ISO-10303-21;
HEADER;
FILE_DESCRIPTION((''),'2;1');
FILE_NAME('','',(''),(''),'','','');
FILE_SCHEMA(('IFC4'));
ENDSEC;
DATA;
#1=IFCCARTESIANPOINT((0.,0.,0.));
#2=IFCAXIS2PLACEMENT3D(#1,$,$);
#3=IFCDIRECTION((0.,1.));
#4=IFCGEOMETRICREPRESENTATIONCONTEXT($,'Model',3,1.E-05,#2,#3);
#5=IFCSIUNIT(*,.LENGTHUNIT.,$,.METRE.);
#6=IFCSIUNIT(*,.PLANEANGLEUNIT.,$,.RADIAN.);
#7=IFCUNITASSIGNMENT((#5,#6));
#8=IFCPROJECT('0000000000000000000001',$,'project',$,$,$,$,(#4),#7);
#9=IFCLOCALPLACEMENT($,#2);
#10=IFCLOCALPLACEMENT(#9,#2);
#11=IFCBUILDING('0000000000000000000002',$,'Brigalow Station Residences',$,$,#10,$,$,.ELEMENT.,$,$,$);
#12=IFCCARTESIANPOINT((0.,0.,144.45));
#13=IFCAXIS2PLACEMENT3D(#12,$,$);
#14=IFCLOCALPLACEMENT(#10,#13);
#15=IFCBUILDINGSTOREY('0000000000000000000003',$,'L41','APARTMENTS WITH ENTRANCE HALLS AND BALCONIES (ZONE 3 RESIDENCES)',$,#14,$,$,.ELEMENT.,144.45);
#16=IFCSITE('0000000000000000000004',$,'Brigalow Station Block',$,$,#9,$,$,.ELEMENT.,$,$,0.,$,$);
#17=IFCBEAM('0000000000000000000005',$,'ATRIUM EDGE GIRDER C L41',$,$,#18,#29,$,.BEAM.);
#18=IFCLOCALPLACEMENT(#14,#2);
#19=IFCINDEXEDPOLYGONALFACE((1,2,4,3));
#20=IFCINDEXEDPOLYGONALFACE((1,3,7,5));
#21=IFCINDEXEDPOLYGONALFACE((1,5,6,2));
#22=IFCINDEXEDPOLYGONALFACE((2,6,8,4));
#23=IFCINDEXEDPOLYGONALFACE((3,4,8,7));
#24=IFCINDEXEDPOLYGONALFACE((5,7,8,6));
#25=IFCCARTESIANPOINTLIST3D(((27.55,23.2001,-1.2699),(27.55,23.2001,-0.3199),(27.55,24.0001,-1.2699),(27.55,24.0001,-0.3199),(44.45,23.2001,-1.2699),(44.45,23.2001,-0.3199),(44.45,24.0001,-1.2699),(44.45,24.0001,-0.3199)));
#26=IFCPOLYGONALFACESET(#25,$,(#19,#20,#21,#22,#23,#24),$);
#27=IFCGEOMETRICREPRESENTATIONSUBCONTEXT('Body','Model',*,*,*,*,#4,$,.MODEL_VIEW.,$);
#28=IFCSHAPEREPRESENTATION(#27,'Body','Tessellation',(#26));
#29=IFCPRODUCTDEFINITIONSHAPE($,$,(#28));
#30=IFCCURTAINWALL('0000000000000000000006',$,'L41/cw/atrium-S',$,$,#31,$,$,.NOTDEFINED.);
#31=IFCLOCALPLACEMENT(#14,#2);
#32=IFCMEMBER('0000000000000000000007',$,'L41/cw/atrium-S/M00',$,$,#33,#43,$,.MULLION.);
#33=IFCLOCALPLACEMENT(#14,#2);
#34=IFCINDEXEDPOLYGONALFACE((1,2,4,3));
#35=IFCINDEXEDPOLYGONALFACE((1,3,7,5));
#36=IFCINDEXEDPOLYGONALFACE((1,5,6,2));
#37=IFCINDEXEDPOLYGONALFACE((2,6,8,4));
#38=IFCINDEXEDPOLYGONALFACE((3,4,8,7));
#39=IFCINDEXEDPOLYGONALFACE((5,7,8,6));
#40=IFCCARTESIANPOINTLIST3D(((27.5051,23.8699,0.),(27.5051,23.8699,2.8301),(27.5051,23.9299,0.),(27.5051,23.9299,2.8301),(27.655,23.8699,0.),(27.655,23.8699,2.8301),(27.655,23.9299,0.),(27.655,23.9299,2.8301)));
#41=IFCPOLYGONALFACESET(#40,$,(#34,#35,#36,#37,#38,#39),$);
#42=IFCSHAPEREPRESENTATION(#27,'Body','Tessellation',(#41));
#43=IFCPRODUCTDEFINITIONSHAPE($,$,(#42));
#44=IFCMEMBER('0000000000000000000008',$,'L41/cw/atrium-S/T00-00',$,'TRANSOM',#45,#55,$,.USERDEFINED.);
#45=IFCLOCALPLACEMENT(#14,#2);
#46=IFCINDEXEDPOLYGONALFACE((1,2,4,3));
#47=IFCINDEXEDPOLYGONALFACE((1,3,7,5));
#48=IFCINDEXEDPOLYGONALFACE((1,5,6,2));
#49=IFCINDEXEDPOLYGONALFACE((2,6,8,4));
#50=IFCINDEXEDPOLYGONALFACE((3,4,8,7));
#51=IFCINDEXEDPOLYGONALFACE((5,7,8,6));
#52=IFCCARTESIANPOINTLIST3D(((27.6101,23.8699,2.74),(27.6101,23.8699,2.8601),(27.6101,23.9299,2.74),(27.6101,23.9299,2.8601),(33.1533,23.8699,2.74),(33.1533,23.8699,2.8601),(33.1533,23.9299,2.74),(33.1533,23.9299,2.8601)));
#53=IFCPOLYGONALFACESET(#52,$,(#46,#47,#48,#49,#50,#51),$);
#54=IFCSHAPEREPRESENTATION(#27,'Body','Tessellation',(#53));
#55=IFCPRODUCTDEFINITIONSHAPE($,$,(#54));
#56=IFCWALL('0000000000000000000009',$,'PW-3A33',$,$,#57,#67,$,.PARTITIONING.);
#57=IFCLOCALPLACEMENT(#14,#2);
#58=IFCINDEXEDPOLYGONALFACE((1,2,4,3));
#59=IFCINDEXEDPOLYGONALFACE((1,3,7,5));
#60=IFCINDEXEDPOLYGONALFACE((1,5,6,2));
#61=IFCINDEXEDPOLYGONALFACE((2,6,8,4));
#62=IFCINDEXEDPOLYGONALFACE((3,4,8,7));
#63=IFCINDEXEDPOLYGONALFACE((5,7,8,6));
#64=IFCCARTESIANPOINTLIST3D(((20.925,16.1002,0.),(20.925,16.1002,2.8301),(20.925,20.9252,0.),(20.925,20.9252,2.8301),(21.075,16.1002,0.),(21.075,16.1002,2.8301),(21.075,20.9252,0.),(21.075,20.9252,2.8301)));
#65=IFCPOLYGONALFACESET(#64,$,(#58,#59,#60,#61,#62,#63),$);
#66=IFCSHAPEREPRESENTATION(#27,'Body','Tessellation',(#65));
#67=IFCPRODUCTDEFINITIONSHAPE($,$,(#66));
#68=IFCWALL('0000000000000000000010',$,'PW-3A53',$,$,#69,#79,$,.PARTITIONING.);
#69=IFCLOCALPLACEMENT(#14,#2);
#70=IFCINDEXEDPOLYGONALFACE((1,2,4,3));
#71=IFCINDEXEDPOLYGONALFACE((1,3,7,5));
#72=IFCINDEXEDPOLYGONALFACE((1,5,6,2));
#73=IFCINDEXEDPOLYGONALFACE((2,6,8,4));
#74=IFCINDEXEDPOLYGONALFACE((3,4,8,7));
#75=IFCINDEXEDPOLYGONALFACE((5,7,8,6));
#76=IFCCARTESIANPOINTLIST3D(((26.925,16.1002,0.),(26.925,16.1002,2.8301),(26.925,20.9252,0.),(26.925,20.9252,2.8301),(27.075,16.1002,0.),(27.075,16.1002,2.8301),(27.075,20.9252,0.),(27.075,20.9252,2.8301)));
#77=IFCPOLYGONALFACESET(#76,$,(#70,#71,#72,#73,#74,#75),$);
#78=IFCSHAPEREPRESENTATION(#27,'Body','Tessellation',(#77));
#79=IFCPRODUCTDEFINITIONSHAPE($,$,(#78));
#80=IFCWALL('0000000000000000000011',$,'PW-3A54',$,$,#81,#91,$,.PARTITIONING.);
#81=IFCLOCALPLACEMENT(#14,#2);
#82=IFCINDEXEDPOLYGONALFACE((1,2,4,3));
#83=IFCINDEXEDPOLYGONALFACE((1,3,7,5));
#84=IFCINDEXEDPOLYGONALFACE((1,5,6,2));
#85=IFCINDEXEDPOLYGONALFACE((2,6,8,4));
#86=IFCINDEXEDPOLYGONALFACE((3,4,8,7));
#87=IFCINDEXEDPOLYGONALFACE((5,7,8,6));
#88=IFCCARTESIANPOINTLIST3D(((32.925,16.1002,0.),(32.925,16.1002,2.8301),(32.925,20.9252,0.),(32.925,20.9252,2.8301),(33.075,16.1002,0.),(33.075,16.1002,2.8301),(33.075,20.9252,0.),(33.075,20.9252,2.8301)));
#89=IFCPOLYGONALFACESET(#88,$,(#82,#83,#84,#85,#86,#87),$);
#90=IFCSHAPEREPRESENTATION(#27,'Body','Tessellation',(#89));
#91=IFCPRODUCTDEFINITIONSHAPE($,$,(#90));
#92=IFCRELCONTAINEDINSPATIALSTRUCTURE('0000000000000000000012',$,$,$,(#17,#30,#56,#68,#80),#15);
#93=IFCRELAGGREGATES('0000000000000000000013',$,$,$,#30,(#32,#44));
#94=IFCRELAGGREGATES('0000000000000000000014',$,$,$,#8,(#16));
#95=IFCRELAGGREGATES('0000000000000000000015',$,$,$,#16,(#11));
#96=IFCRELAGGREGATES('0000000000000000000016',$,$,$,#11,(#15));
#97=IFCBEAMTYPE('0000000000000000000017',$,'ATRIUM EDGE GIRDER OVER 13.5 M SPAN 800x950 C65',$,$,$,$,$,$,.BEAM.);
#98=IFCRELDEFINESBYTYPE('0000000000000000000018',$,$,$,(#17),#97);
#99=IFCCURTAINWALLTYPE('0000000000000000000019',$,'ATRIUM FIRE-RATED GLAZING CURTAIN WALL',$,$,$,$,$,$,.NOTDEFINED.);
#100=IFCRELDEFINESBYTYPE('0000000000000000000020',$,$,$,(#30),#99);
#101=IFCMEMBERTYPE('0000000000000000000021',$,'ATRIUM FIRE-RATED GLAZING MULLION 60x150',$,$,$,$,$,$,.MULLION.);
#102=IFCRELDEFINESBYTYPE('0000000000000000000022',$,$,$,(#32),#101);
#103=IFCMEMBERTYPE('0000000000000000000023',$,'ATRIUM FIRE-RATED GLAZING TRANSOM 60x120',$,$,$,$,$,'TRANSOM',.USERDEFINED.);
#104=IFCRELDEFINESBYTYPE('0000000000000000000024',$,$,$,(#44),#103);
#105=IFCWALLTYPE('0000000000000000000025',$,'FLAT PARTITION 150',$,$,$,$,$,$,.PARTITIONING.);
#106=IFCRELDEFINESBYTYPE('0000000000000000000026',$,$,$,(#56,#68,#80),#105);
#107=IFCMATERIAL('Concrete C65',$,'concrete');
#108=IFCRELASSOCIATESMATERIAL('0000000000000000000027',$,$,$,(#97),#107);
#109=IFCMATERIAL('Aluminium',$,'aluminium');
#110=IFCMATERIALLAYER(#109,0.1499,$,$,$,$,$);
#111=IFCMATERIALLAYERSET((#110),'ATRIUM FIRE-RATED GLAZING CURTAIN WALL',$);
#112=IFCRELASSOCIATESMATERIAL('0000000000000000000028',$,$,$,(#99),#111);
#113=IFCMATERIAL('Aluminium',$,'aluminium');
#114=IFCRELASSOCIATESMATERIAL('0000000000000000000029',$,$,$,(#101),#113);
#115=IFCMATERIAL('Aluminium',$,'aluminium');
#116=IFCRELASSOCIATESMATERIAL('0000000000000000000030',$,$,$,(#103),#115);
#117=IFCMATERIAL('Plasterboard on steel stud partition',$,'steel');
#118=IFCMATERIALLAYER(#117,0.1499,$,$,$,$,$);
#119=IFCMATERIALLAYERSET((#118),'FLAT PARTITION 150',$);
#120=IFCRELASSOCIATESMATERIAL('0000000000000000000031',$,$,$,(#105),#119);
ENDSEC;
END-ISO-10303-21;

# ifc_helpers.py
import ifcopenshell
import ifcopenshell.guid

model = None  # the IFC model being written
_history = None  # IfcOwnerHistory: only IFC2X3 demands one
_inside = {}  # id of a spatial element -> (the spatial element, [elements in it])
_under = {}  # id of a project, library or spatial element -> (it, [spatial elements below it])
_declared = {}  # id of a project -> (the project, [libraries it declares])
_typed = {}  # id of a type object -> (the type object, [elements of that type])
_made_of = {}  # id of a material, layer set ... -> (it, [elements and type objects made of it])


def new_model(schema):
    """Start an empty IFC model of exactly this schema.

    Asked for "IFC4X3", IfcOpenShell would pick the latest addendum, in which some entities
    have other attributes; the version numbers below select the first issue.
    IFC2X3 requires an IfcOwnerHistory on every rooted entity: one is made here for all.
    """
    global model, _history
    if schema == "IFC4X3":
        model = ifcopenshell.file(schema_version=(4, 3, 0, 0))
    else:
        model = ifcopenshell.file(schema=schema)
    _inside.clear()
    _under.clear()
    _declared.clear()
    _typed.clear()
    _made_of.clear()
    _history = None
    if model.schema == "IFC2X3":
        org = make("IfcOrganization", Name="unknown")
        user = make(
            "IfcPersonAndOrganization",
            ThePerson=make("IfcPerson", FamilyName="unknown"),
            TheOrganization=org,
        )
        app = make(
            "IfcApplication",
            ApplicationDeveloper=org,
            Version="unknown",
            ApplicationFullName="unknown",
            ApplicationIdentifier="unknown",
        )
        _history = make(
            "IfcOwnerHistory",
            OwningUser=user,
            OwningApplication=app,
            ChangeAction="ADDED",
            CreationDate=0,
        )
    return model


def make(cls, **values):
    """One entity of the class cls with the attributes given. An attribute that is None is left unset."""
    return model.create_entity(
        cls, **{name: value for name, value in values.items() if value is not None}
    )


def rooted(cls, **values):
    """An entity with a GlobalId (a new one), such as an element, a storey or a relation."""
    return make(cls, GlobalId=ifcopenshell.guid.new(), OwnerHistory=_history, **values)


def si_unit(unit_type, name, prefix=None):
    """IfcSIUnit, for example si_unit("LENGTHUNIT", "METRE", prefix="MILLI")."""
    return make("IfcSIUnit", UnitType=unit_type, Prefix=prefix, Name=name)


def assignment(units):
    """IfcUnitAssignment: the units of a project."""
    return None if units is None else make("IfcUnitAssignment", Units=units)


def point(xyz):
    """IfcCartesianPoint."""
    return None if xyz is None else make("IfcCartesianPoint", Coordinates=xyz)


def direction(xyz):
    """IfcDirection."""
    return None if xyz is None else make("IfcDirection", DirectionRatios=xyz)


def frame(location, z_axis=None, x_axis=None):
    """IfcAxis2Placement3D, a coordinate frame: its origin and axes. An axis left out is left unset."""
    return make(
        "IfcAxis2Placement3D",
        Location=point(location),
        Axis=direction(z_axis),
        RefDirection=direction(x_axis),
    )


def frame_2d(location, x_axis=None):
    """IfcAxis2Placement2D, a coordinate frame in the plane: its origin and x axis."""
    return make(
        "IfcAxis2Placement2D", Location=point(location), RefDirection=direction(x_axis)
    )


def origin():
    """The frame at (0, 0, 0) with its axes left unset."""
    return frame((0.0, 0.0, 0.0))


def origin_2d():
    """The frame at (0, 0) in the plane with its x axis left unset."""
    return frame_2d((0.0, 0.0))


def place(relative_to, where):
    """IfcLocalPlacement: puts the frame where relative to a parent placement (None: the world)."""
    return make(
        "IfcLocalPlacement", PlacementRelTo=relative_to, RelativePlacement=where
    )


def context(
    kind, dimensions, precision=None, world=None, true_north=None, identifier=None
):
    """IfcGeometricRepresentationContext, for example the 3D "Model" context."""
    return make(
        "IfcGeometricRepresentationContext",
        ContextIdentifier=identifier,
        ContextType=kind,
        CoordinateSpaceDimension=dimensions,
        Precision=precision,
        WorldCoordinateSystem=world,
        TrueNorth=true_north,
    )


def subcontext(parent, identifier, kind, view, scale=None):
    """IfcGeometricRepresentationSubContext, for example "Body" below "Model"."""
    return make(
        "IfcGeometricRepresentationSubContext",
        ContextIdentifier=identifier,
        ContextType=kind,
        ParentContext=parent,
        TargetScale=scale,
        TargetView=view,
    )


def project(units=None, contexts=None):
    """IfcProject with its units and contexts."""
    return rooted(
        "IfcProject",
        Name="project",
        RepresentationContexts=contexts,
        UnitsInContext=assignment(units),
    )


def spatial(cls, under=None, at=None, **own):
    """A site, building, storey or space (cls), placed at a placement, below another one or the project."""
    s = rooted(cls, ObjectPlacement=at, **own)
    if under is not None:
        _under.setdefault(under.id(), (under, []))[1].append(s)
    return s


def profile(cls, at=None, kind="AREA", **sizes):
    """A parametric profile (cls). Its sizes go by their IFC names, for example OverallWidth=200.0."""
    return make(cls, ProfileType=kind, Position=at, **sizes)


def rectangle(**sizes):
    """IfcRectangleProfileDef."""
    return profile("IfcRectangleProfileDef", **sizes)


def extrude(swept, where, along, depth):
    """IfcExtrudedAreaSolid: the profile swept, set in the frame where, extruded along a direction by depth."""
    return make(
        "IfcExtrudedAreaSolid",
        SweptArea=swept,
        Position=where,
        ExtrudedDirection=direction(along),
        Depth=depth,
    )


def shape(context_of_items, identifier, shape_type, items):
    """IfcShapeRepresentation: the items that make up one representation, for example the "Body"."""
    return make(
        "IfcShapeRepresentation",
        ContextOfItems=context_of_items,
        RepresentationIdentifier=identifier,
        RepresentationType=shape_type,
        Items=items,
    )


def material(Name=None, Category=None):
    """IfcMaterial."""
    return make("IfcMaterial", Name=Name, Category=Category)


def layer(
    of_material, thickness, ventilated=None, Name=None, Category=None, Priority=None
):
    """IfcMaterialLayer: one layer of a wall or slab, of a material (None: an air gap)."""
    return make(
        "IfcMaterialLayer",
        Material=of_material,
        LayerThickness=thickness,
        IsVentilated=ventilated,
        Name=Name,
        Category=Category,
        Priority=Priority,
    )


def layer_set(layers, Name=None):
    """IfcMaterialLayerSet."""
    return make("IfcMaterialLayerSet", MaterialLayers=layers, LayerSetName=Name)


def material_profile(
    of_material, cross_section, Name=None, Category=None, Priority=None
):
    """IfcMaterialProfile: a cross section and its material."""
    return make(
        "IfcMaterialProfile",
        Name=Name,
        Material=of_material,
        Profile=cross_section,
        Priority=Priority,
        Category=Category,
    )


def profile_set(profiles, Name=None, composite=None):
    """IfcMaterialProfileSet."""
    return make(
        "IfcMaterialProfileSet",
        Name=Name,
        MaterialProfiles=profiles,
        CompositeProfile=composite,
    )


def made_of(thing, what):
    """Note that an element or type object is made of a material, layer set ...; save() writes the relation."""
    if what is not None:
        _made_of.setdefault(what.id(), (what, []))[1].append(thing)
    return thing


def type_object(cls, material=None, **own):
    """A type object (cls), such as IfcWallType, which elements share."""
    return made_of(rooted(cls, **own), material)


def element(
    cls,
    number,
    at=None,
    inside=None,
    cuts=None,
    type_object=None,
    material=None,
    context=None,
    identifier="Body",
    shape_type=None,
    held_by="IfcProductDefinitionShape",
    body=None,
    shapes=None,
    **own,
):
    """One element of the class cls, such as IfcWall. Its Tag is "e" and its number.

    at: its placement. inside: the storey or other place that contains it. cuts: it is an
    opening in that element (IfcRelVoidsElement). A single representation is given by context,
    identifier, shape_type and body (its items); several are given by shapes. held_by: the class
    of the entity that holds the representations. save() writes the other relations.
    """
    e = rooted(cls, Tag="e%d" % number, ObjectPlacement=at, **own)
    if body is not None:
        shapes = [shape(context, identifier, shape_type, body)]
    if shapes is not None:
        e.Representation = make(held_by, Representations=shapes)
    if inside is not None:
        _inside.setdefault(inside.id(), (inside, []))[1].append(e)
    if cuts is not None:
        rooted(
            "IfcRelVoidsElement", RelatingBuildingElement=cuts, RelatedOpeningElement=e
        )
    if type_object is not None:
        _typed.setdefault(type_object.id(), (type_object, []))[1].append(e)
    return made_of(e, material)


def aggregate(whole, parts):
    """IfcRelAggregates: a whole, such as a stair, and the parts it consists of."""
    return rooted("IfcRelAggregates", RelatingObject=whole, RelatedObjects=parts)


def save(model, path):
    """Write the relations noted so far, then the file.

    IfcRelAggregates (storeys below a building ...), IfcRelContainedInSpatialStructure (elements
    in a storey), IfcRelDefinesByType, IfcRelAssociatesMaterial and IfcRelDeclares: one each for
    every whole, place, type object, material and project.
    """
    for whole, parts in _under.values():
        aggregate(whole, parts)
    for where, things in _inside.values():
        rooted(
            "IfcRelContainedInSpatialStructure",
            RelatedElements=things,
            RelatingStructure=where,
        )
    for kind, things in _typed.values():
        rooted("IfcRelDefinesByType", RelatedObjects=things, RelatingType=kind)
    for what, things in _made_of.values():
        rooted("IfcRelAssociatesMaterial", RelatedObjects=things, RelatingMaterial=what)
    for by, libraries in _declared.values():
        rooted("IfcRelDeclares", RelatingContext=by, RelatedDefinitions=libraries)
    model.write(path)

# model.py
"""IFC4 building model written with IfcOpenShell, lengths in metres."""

from ifc_helpers import new_model, si_unit, direction, frame, frame_2d, origin, origin_2d, place, context, subcontext, project, spatial, rectangle, extrude, material, layer, layer_set, material_profile, profile_set, type_object, element, aggregate, save


model = new_model("IFC4")

# Units and contexts
model_context = context("Model", 3, precision=1e-05, world=origin(), true_north=direction((0.0, 1.0)))
body_context = subcontext(model_context, "Body", "Model", "MODEL_VIEW")
ifc_project = project(units=[si_unit("LENGTHUNIT", "METRE"), si_unit("PLANEANGLEUNIT", "RADIAN")], contexts=[model_context])

# Site, building, storey
site_placement = place(None, origin())
site = spatial("IfcSite", under=ifc_project, at=site_placement, Name="Brigalow Station Block", CompositionType="ELEMENT", RefElevation=0.0)
building_placement = place(site_placement, origin())
building = spatial("IfcBuilding", under=site, at=building_placement, Name="Brigalow Station Residences", CompositionType="ELEMENT")
storey_placement = place(building_placement, frame((0.0, 0.0, 144.45)))
storey = spatial("IfcBuildingStorey", under=building, at=storey_placement, Name="L41", Description="APARTMENTS WITH ENTRANCE HALLS AND BALCONIES (ZONE 3 RESIDENCES)", CompositionType="ELEMENT", Elevation=144.45)

# Beam
ifc_material_1 = material(Name="Concrete C65", Category="concrete")
ifc_material_profile_1 = material_profile(ifc_material_1, rectangle(XDim=0.8, YDim=0.95, at=origin_2d()), Name="RC800x950")
ifc_profile_set_1 = profile_set([ifc_material_profile_1], Name="Concrete C65")
beam_type = type_object("IfcBeamType", Name="ATRIUM EDGE GIRDER OVER 13.5 M SPAN 800x950 C65", PredefinedType="BEAM", material=ifc_profile_set_1)
beam_placement = place(storey_placement, frame((27.55, 23.6001, -0.7949), z_axis=(1.0, 0.0, 0.0), x_axis=(0.0, 1.0, 0.0)))
element("IfcBeam", 1, at=beam_placement, inside=storey, type_object=beam_type, Name="ATRIUM EDGE GIRDER C L41", PredefinedType="BEAM", context=body_context, shape_type="SweptSolid", body=[
    extrude(rectangle(XDim=0.8, YDim=0.95, at=origin_2d()), origin(), (0.0, 0.0, 1.0), 16.8999),
])

# Curtain wall, members
ifc_material_2 = material(Name="Aluminium", Category="aluminium")
ifc_layer_1 = layer(ifc_material_2, 0.1499)
ifc_layer_set_1 = layer_set([ifc_layer_1], Name="ATRIUM FIRE-RATED GLAZING CURTAIN WALL")
curtain_wall_type = type_object("IfcCurtainWallType", Name="ATRIUM FIRE-RATED GLAZING CURTAIN WALL", PredefinedType="NOTDEFINED", material=ifc_layer_set_1)
curtain_wall_placement = place(storey_placement, origin())
curtain_wall = element("IfcCurtainWall", 2, at=curtain_wall_placement, inside=storey, type_object=curtain_wall_type, Name="L41/cw/atrium-S", PredefinedType="NOTDEFINED")
ifc_material_3 = material(Name="Aluminium", Category="aluminium")
ifc_material_profile_2 = material_profile(ifc_material_3, rectangle(XDim=0.0601, YDim=0.1499, at=origin_2d()), Name="ATRIUM FIRE-RATED GLAZING MULLION 60x150")
ifc_profile_set_2 = profile_set([ifc_material_profile_2], Name="Aluminium")
member_type_1 = type_object("IfcMemberType", Name="ATRIUM FIRE-RATED GLAZING MULLION 60x150", PredefinedType="MULLION", material=ifc_profile_set_2)
member_1_placement = place(storey_placement, frame((27.5801, 23.8999, 0.0), z_axis=(0.0, 0.0, 1.0), x_axis=(0.0, 1.0, 0.0)))
member_1 = element("IfcMember", 3, at=member_1_placement, type_object=member_type_1, Name="L41/cw/atrium-S/M00", PredefinedType="MULLION", context=body_context, shape_type="SweptSolid", body=[
    extrude(rectangle(XDim=0.0601, YDim=0.1499, at=origin_2d()), origin(), (0.0, 0.0, 1.0), 2.8301),
])
ifc_material_4 = material(Name="Aluminium", Category="aluminium")
ifc_material_profile_3 = material_profile(ifc_material_4, rectangle(XDim=0.0601, YDim=0.1201, at=origin_2d()), Name="ATRIUM FIRE-RATED GLAZING TRANSOM 60x120")
ifc_profile_set_3 = profile_set([ifc_material_profile_3], Name="Aluminium")
member_type_2 = type_object("IfcMemberType", Name="ATRIUM FIRE-RATED GLAZING TRANSOM 60x120", ElementType="TRANSOM", PredefinedType="USERDEFINED", material=ifc_profile_set_3)
member_2_placement = place(storey_placement, frame((27.6101, 23.8999, 2.8), z_axis=(1.0, 0.0, 0.0), x_axis=(0.0, 1.0, 0.0)))
member_2 = element("IfcMember", 4, at=member_2_placement, type_object=member_type_2, Name="L41/cw/atrium-S/T00-00", ObjectType="TRANSOM", PredefinedType="USERDEFINED", context=body_context, shape_type="SweptSolid", body=[
    extrude(rectangle(XDim=0.0601, YDim=0.1201, at=origin_2d()), origin(), (0.0, 0.0, 1.0), 5.5432),
])
aggregate(curtain_wall, [member_1, member_2])

# Walls
ifc_material_5 = material(Name="Plasterboard on steel stud partition", Category="steel")
ifc_layer_2 = layer(ifc_material_5, 0.1499)
ifc_layer_set_2 = layer_set([ifc_layer_2], Name="FLAT PARTITION 150")
wall_type = type_object("IfcWallType", Name="FLAT PARTITION 150", PredefinedType="PARTITIONING", material=ifc_layer_set_2)
for number, where, z_axis, x_axis, name in (
    (5, (21.0, 16.1001, 0.0), (0.0, 0.0, 1.0), (0.0, 1.0, 0.0), "PW-3A33"),
    (6, (27.0, 16.1001, 0.0), (0.0, 0.0, 1.0), (0.0, 1.0, 0.0), "PW-3A53"),
    (7, (33.0, 16.1001, 0.0), (0.0, 0.0, 1.0), (0.0, 1.0, 0.0), "PW-3A54"),
):
    element("IfcWall", number, at=place(storey_placement, frame(where, z_axis=z_axis, x_axis=x_axis)), inside=storey, type_object=wall_type, Name=name, PredefinedType="PARTITIONING", context=body_context, shape_type="SweptSolid", body=[
        extrude(rectangle(XDim=4.825, YDim=0.1499, at=frame_2d((2.4126, 0.0))), origin(), (0.0, 0.0, 1.0), 2.8301),
    ])

save(model, "model.ifc")
